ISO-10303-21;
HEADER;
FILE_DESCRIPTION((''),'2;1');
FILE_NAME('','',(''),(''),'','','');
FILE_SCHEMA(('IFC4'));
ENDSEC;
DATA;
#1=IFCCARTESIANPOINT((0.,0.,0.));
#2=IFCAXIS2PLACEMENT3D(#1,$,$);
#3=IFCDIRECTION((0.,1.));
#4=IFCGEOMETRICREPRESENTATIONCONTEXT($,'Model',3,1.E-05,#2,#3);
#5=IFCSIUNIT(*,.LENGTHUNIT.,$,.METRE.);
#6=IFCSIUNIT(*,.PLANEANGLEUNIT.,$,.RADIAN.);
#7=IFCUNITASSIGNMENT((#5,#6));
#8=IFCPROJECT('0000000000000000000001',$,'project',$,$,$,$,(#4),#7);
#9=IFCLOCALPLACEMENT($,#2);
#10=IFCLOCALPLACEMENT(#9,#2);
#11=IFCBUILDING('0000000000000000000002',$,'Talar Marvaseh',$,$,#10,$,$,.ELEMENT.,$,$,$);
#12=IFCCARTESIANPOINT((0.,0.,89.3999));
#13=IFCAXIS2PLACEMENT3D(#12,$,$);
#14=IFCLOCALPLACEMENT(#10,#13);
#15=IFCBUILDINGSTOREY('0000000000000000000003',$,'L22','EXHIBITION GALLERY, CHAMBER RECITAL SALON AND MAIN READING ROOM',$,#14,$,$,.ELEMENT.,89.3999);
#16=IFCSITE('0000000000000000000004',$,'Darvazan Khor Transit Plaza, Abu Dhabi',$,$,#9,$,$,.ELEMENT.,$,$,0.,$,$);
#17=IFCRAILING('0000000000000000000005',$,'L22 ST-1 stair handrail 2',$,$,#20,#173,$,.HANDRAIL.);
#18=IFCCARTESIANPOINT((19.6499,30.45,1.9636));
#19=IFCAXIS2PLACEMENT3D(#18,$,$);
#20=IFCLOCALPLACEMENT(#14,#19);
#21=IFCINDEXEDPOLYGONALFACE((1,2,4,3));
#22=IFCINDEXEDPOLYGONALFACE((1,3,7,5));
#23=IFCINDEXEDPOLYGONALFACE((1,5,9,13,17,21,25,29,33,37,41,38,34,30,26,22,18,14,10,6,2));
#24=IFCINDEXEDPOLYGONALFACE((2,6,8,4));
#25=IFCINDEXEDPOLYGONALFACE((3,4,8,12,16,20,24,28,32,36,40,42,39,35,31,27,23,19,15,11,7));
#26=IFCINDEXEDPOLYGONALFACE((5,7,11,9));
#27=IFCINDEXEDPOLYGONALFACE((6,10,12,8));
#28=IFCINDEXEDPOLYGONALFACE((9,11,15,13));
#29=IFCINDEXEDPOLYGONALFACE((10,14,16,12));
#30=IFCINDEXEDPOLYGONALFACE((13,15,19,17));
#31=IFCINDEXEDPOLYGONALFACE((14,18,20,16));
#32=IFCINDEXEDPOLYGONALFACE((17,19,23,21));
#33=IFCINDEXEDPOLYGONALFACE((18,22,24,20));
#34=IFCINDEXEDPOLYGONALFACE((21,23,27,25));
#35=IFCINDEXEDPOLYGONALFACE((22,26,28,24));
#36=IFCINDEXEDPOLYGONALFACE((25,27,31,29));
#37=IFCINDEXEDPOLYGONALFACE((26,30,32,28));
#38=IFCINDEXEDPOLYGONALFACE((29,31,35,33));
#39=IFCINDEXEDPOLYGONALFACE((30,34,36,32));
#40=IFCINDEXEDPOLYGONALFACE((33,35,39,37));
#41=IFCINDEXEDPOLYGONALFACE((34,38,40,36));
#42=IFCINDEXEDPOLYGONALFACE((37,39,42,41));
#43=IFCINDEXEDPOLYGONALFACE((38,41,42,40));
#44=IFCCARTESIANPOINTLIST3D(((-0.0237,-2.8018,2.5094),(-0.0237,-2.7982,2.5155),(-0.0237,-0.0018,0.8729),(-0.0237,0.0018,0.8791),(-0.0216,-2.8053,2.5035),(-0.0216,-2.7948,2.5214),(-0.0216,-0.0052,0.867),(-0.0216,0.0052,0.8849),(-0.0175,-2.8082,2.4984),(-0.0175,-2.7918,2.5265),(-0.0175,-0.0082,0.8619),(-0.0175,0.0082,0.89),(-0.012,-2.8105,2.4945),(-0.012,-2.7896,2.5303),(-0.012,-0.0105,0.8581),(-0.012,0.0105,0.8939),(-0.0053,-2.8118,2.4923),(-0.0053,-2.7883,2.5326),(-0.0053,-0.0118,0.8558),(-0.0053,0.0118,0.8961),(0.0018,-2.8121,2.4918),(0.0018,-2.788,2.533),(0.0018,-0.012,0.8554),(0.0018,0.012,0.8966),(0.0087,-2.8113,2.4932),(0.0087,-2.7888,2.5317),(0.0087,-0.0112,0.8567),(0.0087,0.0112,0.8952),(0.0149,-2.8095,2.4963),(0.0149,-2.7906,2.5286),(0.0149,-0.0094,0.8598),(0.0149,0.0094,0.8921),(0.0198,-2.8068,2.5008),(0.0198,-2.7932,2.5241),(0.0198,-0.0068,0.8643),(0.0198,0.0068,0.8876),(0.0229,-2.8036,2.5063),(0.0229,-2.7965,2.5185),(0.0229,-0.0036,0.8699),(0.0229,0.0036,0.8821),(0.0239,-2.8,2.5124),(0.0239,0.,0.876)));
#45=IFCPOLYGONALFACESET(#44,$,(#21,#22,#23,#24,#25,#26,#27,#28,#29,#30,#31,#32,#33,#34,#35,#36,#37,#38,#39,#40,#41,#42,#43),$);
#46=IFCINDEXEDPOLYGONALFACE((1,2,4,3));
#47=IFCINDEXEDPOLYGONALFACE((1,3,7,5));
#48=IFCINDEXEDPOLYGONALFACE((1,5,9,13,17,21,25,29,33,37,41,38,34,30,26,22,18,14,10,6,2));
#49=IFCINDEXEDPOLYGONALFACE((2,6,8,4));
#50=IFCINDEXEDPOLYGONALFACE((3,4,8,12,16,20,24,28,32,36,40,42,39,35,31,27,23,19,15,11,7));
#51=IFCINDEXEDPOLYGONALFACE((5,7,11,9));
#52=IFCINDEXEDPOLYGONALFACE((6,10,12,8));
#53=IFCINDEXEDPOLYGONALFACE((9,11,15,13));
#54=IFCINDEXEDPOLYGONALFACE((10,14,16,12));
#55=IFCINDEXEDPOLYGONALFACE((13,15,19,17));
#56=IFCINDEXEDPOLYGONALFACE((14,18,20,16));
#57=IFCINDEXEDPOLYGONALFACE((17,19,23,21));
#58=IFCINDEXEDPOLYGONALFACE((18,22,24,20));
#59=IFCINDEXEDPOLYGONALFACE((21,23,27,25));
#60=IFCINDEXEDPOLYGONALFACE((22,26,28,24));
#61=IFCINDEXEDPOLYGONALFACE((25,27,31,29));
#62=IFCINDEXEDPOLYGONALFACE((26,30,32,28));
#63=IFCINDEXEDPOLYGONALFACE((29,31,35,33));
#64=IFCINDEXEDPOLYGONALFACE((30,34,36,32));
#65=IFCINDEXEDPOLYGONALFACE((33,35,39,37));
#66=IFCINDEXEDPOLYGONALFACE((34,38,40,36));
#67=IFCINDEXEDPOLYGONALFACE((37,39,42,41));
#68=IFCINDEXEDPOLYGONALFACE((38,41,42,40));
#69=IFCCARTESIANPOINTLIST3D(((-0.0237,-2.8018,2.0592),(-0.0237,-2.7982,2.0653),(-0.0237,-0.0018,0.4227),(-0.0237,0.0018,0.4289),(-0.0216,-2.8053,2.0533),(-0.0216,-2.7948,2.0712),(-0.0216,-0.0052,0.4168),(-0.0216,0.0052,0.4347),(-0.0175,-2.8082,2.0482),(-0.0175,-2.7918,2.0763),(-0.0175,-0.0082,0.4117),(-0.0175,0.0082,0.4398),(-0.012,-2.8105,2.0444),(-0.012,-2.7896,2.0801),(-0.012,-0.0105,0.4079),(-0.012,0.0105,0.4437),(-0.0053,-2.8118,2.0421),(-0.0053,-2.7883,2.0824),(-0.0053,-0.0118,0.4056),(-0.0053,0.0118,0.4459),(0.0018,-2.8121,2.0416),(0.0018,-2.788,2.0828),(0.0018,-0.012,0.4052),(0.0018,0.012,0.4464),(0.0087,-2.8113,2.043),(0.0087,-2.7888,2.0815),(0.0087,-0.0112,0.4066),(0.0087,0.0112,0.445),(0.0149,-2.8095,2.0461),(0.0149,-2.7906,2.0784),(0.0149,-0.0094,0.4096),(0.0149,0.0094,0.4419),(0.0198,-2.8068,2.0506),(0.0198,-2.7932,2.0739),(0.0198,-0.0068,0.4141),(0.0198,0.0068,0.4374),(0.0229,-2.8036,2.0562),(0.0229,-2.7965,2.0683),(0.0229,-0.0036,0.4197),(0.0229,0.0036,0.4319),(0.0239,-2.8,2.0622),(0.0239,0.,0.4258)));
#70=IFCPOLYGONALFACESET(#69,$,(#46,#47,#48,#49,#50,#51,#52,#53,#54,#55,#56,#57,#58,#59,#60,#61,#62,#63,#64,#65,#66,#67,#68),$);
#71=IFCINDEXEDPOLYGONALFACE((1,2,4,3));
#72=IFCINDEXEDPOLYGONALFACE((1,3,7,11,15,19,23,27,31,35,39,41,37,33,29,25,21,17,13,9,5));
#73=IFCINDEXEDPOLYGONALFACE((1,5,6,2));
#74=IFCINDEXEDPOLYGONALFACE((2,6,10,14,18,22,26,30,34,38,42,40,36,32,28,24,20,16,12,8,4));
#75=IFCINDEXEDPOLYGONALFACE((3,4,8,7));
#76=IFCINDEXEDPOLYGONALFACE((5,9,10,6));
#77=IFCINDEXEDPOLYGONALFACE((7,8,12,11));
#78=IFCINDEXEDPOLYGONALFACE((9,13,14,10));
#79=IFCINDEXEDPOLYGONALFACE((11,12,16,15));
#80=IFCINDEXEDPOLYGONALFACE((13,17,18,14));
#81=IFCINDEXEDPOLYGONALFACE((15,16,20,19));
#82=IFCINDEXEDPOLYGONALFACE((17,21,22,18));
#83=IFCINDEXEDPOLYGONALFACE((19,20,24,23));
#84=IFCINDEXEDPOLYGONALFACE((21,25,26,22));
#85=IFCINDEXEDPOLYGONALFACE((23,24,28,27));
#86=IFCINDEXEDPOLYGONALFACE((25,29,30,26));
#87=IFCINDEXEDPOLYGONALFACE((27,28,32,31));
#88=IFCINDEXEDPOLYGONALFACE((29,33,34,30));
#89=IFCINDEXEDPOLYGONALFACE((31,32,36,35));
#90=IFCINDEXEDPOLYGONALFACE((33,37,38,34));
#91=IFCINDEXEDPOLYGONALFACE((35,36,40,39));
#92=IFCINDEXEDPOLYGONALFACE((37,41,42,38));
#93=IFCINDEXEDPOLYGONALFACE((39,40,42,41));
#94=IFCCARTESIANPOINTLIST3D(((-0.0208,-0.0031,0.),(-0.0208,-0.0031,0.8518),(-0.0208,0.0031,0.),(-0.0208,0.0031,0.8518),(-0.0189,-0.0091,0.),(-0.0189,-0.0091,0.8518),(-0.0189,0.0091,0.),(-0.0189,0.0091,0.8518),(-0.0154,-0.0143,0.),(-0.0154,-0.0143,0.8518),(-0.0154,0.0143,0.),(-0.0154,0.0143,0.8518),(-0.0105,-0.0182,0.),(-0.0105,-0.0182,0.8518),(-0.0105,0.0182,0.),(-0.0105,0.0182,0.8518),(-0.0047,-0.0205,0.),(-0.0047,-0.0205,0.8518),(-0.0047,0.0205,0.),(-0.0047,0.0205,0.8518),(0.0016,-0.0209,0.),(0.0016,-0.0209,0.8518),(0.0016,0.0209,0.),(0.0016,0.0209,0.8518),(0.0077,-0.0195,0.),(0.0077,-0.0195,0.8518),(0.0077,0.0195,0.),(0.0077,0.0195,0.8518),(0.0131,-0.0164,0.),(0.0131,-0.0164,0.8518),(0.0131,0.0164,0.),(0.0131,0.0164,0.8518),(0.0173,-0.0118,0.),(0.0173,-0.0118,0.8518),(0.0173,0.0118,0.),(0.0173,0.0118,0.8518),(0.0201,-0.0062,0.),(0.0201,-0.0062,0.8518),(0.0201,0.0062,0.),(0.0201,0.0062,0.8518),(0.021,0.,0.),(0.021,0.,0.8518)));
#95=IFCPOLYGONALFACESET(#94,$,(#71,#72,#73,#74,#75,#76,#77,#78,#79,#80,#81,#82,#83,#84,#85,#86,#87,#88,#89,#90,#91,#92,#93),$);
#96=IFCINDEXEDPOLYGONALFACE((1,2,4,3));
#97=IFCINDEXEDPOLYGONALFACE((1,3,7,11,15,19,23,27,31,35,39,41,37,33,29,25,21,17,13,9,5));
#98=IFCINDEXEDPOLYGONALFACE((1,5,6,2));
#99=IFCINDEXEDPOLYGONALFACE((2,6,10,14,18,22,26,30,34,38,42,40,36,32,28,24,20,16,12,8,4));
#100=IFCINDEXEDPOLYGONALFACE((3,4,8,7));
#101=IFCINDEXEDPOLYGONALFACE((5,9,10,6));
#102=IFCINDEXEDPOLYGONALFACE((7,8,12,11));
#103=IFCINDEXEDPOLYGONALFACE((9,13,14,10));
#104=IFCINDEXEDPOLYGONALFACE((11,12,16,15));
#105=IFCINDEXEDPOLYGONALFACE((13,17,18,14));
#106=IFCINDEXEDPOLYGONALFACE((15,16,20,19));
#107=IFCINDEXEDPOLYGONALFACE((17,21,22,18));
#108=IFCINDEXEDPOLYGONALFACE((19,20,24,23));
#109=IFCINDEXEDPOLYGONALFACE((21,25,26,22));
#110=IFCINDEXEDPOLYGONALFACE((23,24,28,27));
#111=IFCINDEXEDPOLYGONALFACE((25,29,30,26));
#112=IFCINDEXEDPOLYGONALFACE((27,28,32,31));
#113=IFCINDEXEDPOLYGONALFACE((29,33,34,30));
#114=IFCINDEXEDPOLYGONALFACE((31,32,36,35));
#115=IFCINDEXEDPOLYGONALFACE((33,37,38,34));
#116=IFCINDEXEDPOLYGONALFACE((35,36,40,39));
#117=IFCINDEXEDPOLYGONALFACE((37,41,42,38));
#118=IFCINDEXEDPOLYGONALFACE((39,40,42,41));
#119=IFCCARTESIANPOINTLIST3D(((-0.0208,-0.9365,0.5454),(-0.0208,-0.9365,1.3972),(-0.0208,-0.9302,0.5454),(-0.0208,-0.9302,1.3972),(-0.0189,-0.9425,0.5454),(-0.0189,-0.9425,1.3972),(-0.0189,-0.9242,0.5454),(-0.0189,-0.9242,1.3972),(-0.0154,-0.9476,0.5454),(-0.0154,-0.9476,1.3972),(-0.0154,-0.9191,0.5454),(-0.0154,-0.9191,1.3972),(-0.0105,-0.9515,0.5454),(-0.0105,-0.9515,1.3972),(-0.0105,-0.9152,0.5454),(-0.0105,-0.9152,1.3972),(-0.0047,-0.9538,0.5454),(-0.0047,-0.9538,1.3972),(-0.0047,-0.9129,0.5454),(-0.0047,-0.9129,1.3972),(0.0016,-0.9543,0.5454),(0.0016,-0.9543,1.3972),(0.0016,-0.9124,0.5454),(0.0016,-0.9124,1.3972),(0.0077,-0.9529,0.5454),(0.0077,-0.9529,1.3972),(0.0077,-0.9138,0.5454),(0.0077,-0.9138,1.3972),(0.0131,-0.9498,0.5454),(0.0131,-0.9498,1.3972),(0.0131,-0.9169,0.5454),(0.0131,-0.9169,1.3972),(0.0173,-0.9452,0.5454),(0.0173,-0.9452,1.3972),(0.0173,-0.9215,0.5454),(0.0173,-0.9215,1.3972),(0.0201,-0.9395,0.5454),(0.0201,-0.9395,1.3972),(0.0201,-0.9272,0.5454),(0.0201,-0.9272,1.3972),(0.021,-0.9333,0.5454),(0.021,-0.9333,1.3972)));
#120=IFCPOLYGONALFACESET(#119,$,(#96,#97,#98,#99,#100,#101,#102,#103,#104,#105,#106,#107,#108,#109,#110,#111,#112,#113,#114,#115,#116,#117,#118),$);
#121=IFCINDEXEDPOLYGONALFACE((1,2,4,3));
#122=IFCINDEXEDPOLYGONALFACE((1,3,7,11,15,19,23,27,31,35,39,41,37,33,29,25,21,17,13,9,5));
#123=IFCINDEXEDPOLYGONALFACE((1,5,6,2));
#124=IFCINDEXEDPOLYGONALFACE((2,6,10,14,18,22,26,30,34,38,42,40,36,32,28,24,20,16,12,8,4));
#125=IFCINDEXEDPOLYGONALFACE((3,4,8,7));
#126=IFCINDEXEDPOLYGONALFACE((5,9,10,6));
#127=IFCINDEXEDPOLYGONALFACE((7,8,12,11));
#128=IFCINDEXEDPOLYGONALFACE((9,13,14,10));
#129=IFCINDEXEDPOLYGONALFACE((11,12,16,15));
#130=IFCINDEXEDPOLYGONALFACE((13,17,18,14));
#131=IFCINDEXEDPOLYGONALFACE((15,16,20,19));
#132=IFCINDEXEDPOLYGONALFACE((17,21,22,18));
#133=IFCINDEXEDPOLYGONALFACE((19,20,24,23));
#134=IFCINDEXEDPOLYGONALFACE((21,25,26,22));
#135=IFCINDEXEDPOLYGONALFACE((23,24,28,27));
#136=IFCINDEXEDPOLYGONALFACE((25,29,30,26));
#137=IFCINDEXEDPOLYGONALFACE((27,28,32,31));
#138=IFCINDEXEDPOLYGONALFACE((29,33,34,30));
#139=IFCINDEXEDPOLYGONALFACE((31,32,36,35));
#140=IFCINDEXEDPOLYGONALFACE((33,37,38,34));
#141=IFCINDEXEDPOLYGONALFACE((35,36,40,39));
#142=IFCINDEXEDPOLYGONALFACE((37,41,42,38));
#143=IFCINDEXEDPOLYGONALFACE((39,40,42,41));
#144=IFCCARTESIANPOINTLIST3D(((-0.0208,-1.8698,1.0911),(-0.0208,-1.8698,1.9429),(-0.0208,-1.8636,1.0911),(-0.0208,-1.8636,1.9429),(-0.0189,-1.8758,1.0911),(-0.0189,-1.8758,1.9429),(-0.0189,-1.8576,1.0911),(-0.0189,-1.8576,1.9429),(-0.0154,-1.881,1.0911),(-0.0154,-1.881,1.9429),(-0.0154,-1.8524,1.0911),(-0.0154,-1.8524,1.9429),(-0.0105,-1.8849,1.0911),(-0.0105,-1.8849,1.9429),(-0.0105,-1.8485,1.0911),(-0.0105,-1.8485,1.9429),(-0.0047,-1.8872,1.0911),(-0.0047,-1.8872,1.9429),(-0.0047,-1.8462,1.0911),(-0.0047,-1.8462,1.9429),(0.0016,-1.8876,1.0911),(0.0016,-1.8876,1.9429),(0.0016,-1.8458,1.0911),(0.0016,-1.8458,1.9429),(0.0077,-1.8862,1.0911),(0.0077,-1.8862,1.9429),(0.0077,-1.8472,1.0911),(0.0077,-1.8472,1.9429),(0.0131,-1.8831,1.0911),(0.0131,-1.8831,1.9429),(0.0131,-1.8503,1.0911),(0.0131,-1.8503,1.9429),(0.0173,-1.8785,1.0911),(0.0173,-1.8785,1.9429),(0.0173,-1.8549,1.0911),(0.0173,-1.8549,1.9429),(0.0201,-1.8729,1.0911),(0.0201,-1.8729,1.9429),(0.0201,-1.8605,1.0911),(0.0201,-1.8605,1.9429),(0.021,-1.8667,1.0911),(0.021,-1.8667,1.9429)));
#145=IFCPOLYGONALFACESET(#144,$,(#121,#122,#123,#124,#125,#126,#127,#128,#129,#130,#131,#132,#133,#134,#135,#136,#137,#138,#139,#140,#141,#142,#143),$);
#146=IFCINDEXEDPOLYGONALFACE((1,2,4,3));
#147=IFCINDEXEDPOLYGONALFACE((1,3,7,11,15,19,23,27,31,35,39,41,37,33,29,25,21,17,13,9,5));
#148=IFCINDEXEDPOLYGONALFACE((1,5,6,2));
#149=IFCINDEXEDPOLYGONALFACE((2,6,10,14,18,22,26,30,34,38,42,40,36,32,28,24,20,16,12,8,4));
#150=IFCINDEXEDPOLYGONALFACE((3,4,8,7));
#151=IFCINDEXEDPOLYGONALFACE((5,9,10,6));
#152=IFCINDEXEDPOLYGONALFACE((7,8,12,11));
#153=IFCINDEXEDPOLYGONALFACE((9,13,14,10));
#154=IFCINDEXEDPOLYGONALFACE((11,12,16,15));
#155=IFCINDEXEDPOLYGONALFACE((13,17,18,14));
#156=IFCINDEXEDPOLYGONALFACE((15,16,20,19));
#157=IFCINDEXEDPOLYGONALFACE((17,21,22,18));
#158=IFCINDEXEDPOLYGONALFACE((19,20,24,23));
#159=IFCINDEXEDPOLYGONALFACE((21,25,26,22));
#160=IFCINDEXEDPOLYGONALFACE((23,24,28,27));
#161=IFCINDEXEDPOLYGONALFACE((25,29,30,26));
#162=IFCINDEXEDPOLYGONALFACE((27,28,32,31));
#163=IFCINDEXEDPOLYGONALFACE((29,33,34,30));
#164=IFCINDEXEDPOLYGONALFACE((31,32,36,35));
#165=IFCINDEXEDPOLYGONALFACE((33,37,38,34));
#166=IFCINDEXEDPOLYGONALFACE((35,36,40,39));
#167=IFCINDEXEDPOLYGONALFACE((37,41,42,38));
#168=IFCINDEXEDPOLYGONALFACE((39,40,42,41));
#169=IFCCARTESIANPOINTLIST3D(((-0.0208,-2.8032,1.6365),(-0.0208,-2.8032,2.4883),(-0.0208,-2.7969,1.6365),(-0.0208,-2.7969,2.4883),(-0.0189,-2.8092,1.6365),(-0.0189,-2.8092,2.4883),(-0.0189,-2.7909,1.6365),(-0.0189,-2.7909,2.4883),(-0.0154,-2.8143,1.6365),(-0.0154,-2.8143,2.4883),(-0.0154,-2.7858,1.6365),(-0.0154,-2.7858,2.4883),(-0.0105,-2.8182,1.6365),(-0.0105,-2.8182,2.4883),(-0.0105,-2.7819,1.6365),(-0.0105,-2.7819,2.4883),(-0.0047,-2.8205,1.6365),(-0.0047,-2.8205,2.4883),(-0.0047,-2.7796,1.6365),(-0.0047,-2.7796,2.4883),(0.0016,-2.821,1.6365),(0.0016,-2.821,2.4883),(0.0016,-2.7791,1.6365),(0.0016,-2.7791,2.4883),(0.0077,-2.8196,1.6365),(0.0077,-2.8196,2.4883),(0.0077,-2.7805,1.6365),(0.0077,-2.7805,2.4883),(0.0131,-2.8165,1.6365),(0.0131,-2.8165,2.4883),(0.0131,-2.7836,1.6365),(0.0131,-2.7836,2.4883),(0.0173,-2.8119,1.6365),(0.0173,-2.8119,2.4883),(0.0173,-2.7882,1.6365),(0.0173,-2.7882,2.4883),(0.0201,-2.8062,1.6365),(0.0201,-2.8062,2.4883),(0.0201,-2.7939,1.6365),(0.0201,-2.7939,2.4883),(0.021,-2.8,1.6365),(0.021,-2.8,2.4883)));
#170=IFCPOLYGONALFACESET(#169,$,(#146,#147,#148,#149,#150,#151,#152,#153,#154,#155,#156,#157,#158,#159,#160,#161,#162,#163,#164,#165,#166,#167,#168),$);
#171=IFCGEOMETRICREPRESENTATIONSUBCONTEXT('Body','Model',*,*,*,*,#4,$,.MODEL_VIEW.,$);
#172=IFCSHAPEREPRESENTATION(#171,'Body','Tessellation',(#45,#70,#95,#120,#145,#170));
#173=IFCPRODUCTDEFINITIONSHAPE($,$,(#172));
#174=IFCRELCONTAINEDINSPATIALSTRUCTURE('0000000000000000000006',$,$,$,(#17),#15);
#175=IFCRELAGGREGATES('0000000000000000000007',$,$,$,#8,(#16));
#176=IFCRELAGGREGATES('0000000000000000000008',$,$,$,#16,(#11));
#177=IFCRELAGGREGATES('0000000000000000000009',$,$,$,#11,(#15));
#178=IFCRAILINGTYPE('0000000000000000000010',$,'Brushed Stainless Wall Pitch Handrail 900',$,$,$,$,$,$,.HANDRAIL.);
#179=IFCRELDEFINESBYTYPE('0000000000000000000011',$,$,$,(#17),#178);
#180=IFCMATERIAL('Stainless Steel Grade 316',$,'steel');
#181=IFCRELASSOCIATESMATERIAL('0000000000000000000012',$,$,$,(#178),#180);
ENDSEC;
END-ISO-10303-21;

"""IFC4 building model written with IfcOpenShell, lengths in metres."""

from ifc_helpers import new_model, si_unit, direction, frame, origin, origin_2d, place, context, subcontext, project, spatial, circle, extrude, material, type_object, element, save


model = new_model("IFC4")

# Units and contexts
model_context = context("Model", 3, precision=1e-05, world=origin(), true_north=direction((0.0, 1.0)))
body_context = subcontext(model_context, "Body", "Model", "MODEL_VIEW")
ifc_project = project(units=[si_unit("LENGTHUNIT", "METRE"), si_unit("PLANEANGLEUNIT", "RADIAN")], contexts=[model_context])

# Site, building, storey
site_placement = place(None, origin())
site = spatial("IfcSite", under=ifc_project, at=site_placement, Name="Darvazan Khor Transit Plaza, Abu Dhabi", CompositionType="ELEMENT", RefElevation=0.0)
building_placement = place(site_placement, origin())
building = spatial("IfcBuilding", under=site, at=building_placement, Name="Talar Marvaseh", CompositionType="ELEMENT")
storey_placement = place(building_placement, frame((0.0, 0.0, 89.3999)))
storey = spatial("IfcBuildingStorey", under=building, at=storey_placement, Name="L22", Description="EXHIBITION GALLERY, CHAMBER RECITAL SALON AND MAIN READING ROOM", CompositionType="ELEMENT", Elevation=89.3999)

# Railing
ifc_material_1 = material(Name="Stainless Steel Grade 316", Category="steel")
railing_type_1 = type_object("IfcRailingType", Name="Brushed Stainless Wall Pitch Handrail 900", PredefinedType="HANDRAIL", material=ifc_material_1)
railing_1_placement = place(storey_placement, frame((19.6499, 30.45, 1.9636)))
element("IfcRailing", 1, at=railing_1_placement, inside=storey, type_object=railing_type_1, Name="L22 ST-1 stair handrail 2", PredefinedType="HANDRAIL", context=body_context, shape_type="SweptSolid", body=[
    extrude(circle(Radius=0.0239, at=origin_2d()), frame((0.0, 0.0, 0.876), z_axis=(0.0, -0.863361, 0.504587), x_axis=(1.0, 0.0, 0.0)), (0.0, 0.0, 1.0), 3.2432),
    extrude(circle(Radius=0.0239, at=origin_2d()), frame((0.0, 0.0, 0.4258), z_axis=(0.0, -0.863361, 0.504587), x_axis=(1.0, 0.0, 0.0)), (0.0, 0.0, 1.0), 3.2432),
    extrude(circle(Radius=0.021, at=origin_2d()), origin(), (0.0, 0.0, 1.0), 0.8518),
    extrude(circle(Radius=0.021, at=origin_2d()), frame((0.0, -0.9333, 0.5454)), (0.0, 0.0, 1.0), 0.8518),
    extrude(circle(Radius=0.021, at=origin_2d()), frame((0.0, -1.8667, 1.0911)), (0.0, 0.0, 1.0), 0.8518),
    extrude(circle(Radius=0.021, at=origin_2d()), frame((0.0, -2.8, 1.6365)), (0.0, 0.0, 1.0), 0.8518),
])

save(model, "model.ifc")
